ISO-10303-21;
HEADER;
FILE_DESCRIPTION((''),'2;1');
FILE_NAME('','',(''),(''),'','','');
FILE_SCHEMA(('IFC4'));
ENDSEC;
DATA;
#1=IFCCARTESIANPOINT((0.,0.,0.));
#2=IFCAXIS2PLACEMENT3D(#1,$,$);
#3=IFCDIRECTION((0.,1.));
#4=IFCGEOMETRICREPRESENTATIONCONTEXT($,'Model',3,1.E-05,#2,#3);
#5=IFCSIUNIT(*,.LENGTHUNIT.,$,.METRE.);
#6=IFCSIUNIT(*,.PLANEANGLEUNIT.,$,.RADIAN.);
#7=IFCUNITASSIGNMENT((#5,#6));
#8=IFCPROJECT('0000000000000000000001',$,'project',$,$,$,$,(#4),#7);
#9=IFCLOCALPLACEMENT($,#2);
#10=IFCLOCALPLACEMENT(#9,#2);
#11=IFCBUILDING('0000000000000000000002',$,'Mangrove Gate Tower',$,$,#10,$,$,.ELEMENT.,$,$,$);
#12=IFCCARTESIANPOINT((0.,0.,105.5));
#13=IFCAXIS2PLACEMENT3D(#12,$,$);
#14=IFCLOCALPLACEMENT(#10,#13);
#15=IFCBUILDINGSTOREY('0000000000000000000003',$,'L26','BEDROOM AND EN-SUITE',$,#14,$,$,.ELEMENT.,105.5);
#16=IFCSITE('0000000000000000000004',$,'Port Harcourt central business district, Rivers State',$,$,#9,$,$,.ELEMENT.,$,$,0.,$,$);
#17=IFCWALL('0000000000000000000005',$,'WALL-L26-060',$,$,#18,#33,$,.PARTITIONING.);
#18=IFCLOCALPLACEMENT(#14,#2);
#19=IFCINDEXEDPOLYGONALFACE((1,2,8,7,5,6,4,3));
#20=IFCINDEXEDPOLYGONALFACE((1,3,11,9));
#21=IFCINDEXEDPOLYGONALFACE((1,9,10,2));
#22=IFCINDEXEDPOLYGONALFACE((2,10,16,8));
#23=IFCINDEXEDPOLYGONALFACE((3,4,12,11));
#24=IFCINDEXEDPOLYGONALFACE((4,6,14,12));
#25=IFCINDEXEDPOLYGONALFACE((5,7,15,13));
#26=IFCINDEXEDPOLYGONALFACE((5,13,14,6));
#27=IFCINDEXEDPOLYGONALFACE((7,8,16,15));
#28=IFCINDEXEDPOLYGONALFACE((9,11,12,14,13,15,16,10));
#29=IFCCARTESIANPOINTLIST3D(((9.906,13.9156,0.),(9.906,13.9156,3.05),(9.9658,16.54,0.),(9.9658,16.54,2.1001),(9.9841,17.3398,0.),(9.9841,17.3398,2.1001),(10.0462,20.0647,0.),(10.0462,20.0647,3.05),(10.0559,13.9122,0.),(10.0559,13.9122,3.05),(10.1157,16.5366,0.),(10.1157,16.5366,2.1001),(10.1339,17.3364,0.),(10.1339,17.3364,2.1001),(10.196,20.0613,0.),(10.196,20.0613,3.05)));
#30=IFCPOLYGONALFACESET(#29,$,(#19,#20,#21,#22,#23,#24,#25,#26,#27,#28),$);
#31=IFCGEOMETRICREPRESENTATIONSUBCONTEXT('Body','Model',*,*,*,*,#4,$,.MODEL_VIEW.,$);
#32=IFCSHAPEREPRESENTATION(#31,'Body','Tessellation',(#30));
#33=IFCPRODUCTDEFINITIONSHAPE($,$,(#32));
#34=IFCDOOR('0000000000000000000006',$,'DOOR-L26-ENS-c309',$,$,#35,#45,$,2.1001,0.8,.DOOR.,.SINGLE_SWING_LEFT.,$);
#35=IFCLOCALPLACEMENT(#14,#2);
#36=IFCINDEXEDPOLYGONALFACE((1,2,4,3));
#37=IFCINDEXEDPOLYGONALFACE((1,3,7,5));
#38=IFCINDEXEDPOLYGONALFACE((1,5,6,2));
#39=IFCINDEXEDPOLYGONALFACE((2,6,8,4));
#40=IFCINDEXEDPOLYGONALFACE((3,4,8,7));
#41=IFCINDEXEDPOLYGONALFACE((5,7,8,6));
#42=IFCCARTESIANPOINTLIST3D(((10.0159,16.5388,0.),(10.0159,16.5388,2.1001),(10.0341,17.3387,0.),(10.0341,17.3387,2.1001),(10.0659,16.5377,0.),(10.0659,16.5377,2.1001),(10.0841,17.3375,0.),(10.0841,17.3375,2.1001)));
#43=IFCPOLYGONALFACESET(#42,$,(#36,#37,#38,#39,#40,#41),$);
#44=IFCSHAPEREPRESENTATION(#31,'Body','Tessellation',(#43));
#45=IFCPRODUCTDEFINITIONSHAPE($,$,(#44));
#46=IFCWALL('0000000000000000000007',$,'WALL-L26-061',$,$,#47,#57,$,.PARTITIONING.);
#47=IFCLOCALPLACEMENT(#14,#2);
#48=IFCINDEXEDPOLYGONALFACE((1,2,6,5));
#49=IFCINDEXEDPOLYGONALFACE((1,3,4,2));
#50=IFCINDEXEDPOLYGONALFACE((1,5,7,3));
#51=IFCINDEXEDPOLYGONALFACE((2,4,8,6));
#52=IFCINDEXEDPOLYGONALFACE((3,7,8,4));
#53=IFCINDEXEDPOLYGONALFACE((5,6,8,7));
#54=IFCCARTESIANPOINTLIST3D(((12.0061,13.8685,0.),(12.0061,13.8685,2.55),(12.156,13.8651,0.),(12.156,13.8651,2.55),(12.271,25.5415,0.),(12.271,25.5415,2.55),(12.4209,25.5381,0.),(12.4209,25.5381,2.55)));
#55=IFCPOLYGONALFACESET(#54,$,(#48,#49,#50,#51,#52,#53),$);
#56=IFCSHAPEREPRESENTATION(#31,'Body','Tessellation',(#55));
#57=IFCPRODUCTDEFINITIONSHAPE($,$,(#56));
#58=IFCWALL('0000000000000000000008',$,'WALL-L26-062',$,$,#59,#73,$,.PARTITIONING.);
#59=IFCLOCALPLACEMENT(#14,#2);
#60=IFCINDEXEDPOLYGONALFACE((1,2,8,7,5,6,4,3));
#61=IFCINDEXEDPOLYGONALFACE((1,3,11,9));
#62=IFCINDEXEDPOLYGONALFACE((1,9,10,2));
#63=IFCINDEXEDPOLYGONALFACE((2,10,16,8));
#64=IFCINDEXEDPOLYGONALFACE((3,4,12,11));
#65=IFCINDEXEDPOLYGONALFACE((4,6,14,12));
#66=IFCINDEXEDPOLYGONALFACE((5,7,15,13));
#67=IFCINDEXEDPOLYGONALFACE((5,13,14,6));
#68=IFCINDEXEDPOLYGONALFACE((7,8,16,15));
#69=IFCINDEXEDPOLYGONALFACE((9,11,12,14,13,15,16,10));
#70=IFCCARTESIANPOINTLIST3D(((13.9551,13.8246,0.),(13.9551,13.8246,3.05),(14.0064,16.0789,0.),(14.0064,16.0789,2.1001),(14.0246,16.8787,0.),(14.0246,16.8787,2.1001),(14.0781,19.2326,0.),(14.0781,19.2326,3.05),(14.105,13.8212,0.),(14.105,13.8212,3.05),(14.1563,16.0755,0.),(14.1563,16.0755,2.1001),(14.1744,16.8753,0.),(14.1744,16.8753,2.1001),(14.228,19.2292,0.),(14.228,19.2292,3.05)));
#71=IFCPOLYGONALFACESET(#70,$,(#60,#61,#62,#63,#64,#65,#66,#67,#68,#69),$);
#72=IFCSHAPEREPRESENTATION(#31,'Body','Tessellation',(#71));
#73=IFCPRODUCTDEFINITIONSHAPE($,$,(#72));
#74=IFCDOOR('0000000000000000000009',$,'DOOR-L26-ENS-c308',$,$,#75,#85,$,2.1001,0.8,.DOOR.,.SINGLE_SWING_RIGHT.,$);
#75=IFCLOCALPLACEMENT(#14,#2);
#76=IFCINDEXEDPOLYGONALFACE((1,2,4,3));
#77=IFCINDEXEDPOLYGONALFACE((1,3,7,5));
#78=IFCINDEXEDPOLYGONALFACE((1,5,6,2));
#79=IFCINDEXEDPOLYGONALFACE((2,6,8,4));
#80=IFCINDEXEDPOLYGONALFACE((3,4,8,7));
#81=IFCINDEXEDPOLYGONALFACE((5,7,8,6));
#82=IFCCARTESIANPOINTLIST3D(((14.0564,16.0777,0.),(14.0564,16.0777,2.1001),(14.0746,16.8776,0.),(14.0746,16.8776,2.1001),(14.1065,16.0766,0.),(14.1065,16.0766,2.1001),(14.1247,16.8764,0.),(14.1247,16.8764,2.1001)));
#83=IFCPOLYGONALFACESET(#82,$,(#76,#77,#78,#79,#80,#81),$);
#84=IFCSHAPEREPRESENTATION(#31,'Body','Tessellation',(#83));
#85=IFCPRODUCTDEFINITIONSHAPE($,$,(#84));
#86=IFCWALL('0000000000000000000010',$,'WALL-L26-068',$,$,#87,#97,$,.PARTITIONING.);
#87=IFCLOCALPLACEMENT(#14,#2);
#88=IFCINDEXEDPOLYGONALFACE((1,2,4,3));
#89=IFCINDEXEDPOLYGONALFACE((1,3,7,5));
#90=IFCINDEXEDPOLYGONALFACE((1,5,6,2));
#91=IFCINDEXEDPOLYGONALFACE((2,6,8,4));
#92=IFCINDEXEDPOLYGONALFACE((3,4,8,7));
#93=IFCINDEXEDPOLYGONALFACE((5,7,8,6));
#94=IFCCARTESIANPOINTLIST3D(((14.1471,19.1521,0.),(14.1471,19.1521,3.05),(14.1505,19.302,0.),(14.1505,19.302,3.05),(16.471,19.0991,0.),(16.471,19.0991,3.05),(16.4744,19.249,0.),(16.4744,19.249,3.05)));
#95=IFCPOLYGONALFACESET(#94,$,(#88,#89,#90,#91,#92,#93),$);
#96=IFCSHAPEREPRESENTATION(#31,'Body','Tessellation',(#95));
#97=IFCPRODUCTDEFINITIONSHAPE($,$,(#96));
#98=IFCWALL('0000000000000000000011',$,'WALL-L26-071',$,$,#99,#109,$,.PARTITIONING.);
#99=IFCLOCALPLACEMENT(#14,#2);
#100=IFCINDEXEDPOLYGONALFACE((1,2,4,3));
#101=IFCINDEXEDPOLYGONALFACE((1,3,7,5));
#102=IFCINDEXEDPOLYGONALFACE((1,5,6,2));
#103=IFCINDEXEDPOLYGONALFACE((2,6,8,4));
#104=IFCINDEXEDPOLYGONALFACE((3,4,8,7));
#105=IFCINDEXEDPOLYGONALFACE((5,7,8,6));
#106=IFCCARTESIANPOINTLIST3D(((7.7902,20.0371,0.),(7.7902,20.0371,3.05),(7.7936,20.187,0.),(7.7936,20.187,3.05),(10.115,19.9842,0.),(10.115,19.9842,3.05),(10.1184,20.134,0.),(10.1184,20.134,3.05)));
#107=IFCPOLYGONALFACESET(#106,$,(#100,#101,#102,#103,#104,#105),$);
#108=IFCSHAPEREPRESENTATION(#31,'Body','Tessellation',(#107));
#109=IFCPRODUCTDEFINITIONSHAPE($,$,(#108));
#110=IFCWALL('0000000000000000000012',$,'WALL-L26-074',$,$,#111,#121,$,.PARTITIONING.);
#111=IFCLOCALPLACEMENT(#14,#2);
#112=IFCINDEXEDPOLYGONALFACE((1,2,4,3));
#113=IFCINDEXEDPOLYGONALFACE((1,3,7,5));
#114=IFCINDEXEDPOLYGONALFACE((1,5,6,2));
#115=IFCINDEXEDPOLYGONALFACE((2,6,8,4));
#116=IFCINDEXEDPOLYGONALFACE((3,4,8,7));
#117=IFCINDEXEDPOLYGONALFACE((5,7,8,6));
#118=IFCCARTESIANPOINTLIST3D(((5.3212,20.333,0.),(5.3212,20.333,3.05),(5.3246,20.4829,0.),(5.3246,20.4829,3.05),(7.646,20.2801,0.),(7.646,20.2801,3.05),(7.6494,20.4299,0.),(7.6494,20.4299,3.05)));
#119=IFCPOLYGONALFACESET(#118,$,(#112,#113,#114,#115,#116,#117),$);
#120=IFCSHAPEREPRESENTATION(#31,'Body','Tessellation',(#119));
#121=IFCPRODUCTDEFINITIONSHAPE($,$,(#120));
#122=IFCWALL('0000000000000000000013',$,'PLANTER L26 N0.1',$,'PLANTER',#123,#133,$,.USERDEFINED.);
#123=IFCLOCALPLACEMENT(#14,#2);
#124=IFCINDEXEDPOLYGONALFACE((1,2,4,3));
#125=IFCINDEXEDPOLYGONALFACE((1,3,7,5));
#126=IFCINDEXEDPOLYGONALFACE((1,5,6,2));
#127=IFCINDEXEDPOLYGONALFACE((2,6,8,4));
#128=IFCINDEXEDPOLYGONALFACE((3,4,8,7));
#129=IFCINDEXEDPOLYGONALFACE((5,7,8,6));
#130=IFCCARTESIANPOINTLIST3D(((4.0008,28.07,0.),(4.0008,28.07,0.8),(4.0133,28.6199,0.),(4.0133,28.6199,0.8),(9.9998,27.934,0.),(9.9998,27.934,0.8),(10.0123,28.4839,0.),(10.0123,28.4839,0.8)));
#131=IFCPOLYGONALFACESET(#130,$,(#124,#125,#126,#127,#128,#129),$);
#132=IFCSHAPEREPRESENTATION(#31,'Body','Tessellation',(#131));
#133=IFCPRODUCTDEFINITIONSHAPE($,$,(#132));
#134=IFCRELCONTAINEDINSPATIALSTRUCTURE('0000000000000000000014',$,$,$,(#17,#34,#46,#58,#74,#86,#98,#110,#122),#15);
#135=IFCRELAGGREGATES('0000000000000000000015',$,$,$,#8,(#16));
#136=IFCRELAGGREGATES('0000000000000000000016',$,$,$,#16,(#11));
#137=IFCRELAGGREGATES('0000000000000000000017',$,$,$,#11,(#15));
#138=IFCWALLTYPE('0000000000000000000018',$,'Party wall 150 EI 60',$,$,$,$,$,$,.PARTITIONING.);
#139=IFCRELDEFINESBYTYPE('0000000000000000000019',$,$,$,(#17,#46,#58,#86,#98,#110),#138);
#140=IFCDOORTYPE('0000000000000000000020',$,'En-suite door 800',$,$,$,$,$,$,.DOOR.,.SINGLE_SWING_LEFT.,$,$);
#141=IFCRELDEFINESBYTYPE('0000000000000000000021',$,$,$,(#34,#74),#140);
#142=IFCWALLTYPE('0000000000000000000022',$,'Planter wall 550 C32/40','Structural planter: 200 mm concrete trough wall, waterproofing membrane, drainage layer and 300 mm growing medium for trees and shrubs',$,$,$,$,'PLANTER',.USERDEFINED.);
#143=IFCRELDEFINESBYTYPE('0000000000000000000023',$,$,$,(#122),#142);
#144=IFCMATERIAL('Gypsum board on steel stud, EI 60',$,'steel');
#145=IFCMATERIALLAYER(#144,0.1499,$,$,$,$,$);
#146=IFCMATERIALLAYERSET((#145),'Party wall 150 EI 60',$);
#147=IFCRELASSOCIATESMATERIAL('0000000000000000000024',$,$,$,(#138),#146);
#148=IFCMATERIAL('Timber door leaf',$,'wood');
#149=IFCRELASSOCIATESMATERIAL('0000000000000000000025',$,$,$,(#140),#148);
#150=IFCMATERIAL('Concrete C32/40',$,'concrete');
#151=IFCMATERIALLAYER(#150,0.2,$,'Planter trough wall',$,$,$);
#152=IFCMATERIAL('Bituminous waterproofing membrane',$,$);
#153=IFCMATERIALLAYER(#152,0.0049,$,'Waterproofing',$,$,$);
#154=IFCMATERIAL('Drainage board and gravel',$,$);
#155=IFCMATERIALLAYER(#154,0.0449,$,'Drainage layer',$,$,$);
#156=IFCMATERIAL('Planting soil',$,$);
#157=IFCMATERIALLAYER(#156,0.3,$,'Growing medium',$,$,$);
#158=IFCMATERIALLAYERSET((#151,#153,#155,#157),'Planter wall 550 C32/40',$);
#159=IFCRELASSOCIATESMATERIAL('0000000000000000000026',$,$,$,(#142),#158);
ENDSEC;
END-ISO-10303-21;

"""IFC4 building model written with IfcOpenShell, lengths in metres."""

from ifc_helpers import new_model, si_unit, direction, frame, frame_2d, origin, place, context, subcontext, project, spatial, rectangle, extrude, material, layer, layer_set, type_object, element, fill, save


model = new_model("IFC4")

# Units and contexts
model_context = context("Model", 3, precision=1e-05, world=origin(), true_north=direction((0.0, 1.0)))
body_context = subcontext(model_context, "Body", "Model", "MODEL_VIEW")
ifc_project = project(units=[si_unit("LENGTHUNIT", "METRE"), si_unit("PLANEANGLEUNIT", "RADIAN")], contexts=[model_context])

# Site, building, storey
site_placement = place(None, origin())
site = spatial("IfcSite", under=ifc_project, at=site_placement, Name="Port Harcourt central business district, Rivers State", CompositionType="ELEMENT", RefElevation=0.0)
building_placement = place(site_placement, origin())
building = spatial("IfcBuilding", under=site, at=building_placement, Name="Mangrove Gate Tower", CompositionType="ELEMENT")
storey_placement = place(building_placement, frame((0.0, 0.0, 105.5)))
storey = spatial("IfcBuildingStorey", under=building, at=storey_placement, Name="L26", Description="BEDROOM AND EN-SUITE", CompositionType="ELEMENT", Elevation=105.5)

# Shared definitions
ifc_material_1 = material(Name="Gypsum board on steel stud, EI 60", Category="steel")
ifc_layer_1 = layer(ifc_material_1, 0.1499)
ifc_layer_set_1 = layer_set([ifc_layer_1], Name="Party wall 150 EI 60")
wall_type_1 = type_object("IfcWallType", Name="Party wall 150 EI 60", PredefinedType="PARTITIONING", material=ifc_layer_set_1)
ifc_material_2 = material(Name="Timber door leaf", Category="wood")
door_type = type_object("IfcDoorType", Name="En-suite door 800", OperationType="SINGLE_SWING_LEFT", PredefinedType="DOOR", material=ifc_material_2)

# Wall, opening, door
wall_1_placement = place(storey_placement, frame((9.981, 13.9141, 0.0), z_axis=(0.0, 0.0, 1.0), x_axis=(0.022785, 0.99974, 0.0)))
wall_1 = element("IfcWall", 1, at=wall_1_placement, inside=storey, type_object=wall_type_1, Name="WALL-L26-060", PredefinedType="PARTITIONING", context=body_context, shape_type="SweptSolid", body=[
    extrude(rectangle(XDim=6.1506, YDim=0.1499, at=frame_2d((3.0752, 0.0))), origin(), (0.0, 0.0, 1.0), 3.05),
])
opening_1_placement = place(wall_1_placement, frame((2.625, 0.0, 0.0)))
opening_1 = element("IfcOpeningElement", 2, at=opening_1_placement, cuts=wall_1, PredefinedType="OPENING", context=body_context, shape_type="SweptSolid", body=[
    extrude(rectangle(XDim=0.8, YDim=2.1001, at=frame_2d((0.3999, 1.05))), frame((0.0, 0.085, 0.0), z_axis=(0.0, -1.0, 0.0), x_axis=(1.0, 0.0, 0.0)), (0.0, 0.0, 1.0), 0.1699),
])
door_1_placement = place(opening_1_placement, origin())
door_1 = element("IfcDoor", 3, at=door_1_placement, inside=storey, type_object=door_type, Name="DOOR-L26-ENS-c309", OperationType="SINGLE_SWING_LEFT", OverallHeight=2.1001, OverallWidth=0.8, PredefinedType="DOOR", context=body_context, shape_type="SweptSolid", body=[
    extrude(rectangle(XDim=0.8, YDim=2.1001, at=frame_2d((0.3999, 1.05))), frame((0.0, 0.0249, 0.0), z_axis=(0.0, -1.0, 0.0), x_axis=(1.0, 0.0, 0.0)), (0.0, 0.0, 1.0), 0.05),
])
fill(opening_1, door_1)

# Wall
wall_2_placement = place(storey_placement, frame((12.0811, 13.8669, 0.0), z_axis=(0.0, 0.0, 1.0), x_axis=(0.022687, 0.999743, 0.0)))
element("IfcWall", 4, at=wall_2_placement, inside=storey, type_object=wall_type_1, Name="WALL-L26-061", PredefinedType="PARTITIONING", context=body_context, shape_type="SweptSolid", body=[
    extrude(rectangle(XDim=11.676, YDim=0.1499, at=frame_2d((5.8379, 0.0))), origin(), (0.0, 0.0, 1.0), 2.55),
])

# Wall, opening, door
wall_3_placement = place(storey_placement, frame((14.03, 13.823, 0.0), z_axis=(0.0, 0.0, 1.0), x_axis=(0.022747, 0.999741, 0.0)))
wall_3 = element("IfcWall", 5, at=wall_3_placement, inside=storey, type_object=wall_type_1, Name="WALL-L26-062", PredefinedType="PARTITIONING", context=body_context, shape_type="SweptSolid", body=[
    extrude(rectangle(XDim=5.4094, YDim=0.1499, at=frame_2d((2.7046, 0.0))), origin(), (0.0, 0.0, 1.0), 3.05),
])
opening_2_placement = place(wall_3_placement, frame((2.2549, 0.0, 0.0)))
opening_2 = element("IfcOpeningElement", 6, at=opening_2_placement, cuts=wall_3, PredefinedType="OPENING", context=body_context, shape_type="SweptSolid", body=[
    extrude(rectangle(XDim=0.8, YDim=2.1001, at=frame_2d((0.3999, 1.05))), frame((0.0, 0.085, 0.0), z_axis=(0.0, -1.0, 0.0), x_axis=(1.0, 0.0, 0.0)), (0.0, 0.0, 1.0), 0.1699),
])
door_2_placement = place(opening_2_placement, origin())
door_2 = element("IfcDoor", 7, at=door_2_placement, inside=storey, type_object=door_type, Name="DOOR-L26-ENS-c308", OperationType="SINGLE_SWING_RIGHT", OverallHeight=2.1001, OverallWidth=0.8, PredefinedType="DOOR", context=body_context, shape_type="SweptSolid", body=[
    extrude(rectangle(XDim=0.8, YDim=2.1001, at=frame_2d((0.3999, 1.05))), frame((0.0, 0.0249, 0.0), z_axis=(0.0, -1.0, 0.0), x_axis=(1.0, 0.0, 0.0)), (0.0, 0.0, 1.0), 0.05),
])
fill(opening_2, door_2)

# Walls
wall_4_placement = place(storey_placement, frame((14.1489, 19.2271, 0.0), z_axis=(0.0, 0.0, 1.0), x_axis=(0.99974, -0.022791, 0.0)))
element("IfcWall", 8, at=wall_4_placement, inside=storey, type_object=wall_type_1, Name="WALL-L26-068", PredefinedType="PARTITIONING", context=body_context, shape_type="SweptSolid", body=[
    extrude(rectangle(XDim=2.3245, YDim=0.1499, at=frame_2d((1.1621, 0.0))), origin(), (0.0, 0.0, 1.0), 3.05),
])
for number, where, z_axis, x_axis, name in (
    (9, (7.792, 20.1121, 0.0), (0.0, 0.0, 1.0), (0.99974, -0.022781, 0.0), "WALL-L26-071"),
    (10, (5.323, 20.408, 0.0), (0.0, 0.0, 1.0), (0.99974, -0.022781, 0.0), "WALL-L26-074"),
):
    element("IfcWall", number, at=place(storey_placement, frame(where, z_axis=z_axis, x_axis=x_axis)), inside=storey, type_object=wall_type_1, Name=name, PredefinedType="PARTITIONING", context=body_context, shape_type="SweptSolid", body=[
        extrude(rectangle(XDim=2.3254, YDim=0.1499, at=frame_2d((1.1626, 0.0))), origin(), (0.0, 0.0, 1.0), 3.05),
    ])
ifc_material_3 = material(Name="Concrete C32/40", Category="concrete")
ifc_layer_2 = layer(ifc_material_3, 0.2, Name="Planter trough wall")
ifc_material_4 = material(Name="Bituminous waterproofing membrane")
ifc_layer_3 = layer(ifc_material_4, 0.0049, Name="Waterproofing")
ifc_material_5 = material(Name="Drainage board and gravel")
ifc_layer_4 = layer(ifc_material_5, 0.0449, Name="Drainage layer")
ifc_material_6 = material(Name="Planting soil")
ifc_layer_5 = layer(ifc_material_6, 0.3, Name="Growing medium")
ifc_layer_set_2 = layer_set([ifc_layer_2, ifc_layer_3, ifc_layer_4, ifc_layer_5], Name="Planter wall 550 C32/40")
wall_type_2 = type_object("IfcWallType", Name="Planter wall 550 C32/40", Description="Structural planter: 200 mm concrete trough wall, waterproofing membrane, drainage layer and 300 mm growing medium for trees and shrubs", ElementType="PLANTER", PredefinedType="USERDEFINED", material=ifc_layer_set_2)
wall_5_placement = place(storey_placement, frame((4.0071, 28.345, 0.0), z_axis=(0.0, 0.0, 1.0), x_axis=(0.999743, -0.022662, 0.0)))
element("IfcWall", 11, at=wall_5_placement, inside=storey, type_object=wall_type_2, Name="PLANTER L26 N0.1", ObjectType="PLANTER", PredefinedType="USERDEFINED", context=body_context, shape_type="SweptSolid", body=[
    extrude(rectangle(XDim=6.0005, YDim=0.55, at=frame_2d((3.0002, 0.0))), origin(), (0.0, 0.0, 1.0), 0.8),
])

save(model, "model.ifc")
